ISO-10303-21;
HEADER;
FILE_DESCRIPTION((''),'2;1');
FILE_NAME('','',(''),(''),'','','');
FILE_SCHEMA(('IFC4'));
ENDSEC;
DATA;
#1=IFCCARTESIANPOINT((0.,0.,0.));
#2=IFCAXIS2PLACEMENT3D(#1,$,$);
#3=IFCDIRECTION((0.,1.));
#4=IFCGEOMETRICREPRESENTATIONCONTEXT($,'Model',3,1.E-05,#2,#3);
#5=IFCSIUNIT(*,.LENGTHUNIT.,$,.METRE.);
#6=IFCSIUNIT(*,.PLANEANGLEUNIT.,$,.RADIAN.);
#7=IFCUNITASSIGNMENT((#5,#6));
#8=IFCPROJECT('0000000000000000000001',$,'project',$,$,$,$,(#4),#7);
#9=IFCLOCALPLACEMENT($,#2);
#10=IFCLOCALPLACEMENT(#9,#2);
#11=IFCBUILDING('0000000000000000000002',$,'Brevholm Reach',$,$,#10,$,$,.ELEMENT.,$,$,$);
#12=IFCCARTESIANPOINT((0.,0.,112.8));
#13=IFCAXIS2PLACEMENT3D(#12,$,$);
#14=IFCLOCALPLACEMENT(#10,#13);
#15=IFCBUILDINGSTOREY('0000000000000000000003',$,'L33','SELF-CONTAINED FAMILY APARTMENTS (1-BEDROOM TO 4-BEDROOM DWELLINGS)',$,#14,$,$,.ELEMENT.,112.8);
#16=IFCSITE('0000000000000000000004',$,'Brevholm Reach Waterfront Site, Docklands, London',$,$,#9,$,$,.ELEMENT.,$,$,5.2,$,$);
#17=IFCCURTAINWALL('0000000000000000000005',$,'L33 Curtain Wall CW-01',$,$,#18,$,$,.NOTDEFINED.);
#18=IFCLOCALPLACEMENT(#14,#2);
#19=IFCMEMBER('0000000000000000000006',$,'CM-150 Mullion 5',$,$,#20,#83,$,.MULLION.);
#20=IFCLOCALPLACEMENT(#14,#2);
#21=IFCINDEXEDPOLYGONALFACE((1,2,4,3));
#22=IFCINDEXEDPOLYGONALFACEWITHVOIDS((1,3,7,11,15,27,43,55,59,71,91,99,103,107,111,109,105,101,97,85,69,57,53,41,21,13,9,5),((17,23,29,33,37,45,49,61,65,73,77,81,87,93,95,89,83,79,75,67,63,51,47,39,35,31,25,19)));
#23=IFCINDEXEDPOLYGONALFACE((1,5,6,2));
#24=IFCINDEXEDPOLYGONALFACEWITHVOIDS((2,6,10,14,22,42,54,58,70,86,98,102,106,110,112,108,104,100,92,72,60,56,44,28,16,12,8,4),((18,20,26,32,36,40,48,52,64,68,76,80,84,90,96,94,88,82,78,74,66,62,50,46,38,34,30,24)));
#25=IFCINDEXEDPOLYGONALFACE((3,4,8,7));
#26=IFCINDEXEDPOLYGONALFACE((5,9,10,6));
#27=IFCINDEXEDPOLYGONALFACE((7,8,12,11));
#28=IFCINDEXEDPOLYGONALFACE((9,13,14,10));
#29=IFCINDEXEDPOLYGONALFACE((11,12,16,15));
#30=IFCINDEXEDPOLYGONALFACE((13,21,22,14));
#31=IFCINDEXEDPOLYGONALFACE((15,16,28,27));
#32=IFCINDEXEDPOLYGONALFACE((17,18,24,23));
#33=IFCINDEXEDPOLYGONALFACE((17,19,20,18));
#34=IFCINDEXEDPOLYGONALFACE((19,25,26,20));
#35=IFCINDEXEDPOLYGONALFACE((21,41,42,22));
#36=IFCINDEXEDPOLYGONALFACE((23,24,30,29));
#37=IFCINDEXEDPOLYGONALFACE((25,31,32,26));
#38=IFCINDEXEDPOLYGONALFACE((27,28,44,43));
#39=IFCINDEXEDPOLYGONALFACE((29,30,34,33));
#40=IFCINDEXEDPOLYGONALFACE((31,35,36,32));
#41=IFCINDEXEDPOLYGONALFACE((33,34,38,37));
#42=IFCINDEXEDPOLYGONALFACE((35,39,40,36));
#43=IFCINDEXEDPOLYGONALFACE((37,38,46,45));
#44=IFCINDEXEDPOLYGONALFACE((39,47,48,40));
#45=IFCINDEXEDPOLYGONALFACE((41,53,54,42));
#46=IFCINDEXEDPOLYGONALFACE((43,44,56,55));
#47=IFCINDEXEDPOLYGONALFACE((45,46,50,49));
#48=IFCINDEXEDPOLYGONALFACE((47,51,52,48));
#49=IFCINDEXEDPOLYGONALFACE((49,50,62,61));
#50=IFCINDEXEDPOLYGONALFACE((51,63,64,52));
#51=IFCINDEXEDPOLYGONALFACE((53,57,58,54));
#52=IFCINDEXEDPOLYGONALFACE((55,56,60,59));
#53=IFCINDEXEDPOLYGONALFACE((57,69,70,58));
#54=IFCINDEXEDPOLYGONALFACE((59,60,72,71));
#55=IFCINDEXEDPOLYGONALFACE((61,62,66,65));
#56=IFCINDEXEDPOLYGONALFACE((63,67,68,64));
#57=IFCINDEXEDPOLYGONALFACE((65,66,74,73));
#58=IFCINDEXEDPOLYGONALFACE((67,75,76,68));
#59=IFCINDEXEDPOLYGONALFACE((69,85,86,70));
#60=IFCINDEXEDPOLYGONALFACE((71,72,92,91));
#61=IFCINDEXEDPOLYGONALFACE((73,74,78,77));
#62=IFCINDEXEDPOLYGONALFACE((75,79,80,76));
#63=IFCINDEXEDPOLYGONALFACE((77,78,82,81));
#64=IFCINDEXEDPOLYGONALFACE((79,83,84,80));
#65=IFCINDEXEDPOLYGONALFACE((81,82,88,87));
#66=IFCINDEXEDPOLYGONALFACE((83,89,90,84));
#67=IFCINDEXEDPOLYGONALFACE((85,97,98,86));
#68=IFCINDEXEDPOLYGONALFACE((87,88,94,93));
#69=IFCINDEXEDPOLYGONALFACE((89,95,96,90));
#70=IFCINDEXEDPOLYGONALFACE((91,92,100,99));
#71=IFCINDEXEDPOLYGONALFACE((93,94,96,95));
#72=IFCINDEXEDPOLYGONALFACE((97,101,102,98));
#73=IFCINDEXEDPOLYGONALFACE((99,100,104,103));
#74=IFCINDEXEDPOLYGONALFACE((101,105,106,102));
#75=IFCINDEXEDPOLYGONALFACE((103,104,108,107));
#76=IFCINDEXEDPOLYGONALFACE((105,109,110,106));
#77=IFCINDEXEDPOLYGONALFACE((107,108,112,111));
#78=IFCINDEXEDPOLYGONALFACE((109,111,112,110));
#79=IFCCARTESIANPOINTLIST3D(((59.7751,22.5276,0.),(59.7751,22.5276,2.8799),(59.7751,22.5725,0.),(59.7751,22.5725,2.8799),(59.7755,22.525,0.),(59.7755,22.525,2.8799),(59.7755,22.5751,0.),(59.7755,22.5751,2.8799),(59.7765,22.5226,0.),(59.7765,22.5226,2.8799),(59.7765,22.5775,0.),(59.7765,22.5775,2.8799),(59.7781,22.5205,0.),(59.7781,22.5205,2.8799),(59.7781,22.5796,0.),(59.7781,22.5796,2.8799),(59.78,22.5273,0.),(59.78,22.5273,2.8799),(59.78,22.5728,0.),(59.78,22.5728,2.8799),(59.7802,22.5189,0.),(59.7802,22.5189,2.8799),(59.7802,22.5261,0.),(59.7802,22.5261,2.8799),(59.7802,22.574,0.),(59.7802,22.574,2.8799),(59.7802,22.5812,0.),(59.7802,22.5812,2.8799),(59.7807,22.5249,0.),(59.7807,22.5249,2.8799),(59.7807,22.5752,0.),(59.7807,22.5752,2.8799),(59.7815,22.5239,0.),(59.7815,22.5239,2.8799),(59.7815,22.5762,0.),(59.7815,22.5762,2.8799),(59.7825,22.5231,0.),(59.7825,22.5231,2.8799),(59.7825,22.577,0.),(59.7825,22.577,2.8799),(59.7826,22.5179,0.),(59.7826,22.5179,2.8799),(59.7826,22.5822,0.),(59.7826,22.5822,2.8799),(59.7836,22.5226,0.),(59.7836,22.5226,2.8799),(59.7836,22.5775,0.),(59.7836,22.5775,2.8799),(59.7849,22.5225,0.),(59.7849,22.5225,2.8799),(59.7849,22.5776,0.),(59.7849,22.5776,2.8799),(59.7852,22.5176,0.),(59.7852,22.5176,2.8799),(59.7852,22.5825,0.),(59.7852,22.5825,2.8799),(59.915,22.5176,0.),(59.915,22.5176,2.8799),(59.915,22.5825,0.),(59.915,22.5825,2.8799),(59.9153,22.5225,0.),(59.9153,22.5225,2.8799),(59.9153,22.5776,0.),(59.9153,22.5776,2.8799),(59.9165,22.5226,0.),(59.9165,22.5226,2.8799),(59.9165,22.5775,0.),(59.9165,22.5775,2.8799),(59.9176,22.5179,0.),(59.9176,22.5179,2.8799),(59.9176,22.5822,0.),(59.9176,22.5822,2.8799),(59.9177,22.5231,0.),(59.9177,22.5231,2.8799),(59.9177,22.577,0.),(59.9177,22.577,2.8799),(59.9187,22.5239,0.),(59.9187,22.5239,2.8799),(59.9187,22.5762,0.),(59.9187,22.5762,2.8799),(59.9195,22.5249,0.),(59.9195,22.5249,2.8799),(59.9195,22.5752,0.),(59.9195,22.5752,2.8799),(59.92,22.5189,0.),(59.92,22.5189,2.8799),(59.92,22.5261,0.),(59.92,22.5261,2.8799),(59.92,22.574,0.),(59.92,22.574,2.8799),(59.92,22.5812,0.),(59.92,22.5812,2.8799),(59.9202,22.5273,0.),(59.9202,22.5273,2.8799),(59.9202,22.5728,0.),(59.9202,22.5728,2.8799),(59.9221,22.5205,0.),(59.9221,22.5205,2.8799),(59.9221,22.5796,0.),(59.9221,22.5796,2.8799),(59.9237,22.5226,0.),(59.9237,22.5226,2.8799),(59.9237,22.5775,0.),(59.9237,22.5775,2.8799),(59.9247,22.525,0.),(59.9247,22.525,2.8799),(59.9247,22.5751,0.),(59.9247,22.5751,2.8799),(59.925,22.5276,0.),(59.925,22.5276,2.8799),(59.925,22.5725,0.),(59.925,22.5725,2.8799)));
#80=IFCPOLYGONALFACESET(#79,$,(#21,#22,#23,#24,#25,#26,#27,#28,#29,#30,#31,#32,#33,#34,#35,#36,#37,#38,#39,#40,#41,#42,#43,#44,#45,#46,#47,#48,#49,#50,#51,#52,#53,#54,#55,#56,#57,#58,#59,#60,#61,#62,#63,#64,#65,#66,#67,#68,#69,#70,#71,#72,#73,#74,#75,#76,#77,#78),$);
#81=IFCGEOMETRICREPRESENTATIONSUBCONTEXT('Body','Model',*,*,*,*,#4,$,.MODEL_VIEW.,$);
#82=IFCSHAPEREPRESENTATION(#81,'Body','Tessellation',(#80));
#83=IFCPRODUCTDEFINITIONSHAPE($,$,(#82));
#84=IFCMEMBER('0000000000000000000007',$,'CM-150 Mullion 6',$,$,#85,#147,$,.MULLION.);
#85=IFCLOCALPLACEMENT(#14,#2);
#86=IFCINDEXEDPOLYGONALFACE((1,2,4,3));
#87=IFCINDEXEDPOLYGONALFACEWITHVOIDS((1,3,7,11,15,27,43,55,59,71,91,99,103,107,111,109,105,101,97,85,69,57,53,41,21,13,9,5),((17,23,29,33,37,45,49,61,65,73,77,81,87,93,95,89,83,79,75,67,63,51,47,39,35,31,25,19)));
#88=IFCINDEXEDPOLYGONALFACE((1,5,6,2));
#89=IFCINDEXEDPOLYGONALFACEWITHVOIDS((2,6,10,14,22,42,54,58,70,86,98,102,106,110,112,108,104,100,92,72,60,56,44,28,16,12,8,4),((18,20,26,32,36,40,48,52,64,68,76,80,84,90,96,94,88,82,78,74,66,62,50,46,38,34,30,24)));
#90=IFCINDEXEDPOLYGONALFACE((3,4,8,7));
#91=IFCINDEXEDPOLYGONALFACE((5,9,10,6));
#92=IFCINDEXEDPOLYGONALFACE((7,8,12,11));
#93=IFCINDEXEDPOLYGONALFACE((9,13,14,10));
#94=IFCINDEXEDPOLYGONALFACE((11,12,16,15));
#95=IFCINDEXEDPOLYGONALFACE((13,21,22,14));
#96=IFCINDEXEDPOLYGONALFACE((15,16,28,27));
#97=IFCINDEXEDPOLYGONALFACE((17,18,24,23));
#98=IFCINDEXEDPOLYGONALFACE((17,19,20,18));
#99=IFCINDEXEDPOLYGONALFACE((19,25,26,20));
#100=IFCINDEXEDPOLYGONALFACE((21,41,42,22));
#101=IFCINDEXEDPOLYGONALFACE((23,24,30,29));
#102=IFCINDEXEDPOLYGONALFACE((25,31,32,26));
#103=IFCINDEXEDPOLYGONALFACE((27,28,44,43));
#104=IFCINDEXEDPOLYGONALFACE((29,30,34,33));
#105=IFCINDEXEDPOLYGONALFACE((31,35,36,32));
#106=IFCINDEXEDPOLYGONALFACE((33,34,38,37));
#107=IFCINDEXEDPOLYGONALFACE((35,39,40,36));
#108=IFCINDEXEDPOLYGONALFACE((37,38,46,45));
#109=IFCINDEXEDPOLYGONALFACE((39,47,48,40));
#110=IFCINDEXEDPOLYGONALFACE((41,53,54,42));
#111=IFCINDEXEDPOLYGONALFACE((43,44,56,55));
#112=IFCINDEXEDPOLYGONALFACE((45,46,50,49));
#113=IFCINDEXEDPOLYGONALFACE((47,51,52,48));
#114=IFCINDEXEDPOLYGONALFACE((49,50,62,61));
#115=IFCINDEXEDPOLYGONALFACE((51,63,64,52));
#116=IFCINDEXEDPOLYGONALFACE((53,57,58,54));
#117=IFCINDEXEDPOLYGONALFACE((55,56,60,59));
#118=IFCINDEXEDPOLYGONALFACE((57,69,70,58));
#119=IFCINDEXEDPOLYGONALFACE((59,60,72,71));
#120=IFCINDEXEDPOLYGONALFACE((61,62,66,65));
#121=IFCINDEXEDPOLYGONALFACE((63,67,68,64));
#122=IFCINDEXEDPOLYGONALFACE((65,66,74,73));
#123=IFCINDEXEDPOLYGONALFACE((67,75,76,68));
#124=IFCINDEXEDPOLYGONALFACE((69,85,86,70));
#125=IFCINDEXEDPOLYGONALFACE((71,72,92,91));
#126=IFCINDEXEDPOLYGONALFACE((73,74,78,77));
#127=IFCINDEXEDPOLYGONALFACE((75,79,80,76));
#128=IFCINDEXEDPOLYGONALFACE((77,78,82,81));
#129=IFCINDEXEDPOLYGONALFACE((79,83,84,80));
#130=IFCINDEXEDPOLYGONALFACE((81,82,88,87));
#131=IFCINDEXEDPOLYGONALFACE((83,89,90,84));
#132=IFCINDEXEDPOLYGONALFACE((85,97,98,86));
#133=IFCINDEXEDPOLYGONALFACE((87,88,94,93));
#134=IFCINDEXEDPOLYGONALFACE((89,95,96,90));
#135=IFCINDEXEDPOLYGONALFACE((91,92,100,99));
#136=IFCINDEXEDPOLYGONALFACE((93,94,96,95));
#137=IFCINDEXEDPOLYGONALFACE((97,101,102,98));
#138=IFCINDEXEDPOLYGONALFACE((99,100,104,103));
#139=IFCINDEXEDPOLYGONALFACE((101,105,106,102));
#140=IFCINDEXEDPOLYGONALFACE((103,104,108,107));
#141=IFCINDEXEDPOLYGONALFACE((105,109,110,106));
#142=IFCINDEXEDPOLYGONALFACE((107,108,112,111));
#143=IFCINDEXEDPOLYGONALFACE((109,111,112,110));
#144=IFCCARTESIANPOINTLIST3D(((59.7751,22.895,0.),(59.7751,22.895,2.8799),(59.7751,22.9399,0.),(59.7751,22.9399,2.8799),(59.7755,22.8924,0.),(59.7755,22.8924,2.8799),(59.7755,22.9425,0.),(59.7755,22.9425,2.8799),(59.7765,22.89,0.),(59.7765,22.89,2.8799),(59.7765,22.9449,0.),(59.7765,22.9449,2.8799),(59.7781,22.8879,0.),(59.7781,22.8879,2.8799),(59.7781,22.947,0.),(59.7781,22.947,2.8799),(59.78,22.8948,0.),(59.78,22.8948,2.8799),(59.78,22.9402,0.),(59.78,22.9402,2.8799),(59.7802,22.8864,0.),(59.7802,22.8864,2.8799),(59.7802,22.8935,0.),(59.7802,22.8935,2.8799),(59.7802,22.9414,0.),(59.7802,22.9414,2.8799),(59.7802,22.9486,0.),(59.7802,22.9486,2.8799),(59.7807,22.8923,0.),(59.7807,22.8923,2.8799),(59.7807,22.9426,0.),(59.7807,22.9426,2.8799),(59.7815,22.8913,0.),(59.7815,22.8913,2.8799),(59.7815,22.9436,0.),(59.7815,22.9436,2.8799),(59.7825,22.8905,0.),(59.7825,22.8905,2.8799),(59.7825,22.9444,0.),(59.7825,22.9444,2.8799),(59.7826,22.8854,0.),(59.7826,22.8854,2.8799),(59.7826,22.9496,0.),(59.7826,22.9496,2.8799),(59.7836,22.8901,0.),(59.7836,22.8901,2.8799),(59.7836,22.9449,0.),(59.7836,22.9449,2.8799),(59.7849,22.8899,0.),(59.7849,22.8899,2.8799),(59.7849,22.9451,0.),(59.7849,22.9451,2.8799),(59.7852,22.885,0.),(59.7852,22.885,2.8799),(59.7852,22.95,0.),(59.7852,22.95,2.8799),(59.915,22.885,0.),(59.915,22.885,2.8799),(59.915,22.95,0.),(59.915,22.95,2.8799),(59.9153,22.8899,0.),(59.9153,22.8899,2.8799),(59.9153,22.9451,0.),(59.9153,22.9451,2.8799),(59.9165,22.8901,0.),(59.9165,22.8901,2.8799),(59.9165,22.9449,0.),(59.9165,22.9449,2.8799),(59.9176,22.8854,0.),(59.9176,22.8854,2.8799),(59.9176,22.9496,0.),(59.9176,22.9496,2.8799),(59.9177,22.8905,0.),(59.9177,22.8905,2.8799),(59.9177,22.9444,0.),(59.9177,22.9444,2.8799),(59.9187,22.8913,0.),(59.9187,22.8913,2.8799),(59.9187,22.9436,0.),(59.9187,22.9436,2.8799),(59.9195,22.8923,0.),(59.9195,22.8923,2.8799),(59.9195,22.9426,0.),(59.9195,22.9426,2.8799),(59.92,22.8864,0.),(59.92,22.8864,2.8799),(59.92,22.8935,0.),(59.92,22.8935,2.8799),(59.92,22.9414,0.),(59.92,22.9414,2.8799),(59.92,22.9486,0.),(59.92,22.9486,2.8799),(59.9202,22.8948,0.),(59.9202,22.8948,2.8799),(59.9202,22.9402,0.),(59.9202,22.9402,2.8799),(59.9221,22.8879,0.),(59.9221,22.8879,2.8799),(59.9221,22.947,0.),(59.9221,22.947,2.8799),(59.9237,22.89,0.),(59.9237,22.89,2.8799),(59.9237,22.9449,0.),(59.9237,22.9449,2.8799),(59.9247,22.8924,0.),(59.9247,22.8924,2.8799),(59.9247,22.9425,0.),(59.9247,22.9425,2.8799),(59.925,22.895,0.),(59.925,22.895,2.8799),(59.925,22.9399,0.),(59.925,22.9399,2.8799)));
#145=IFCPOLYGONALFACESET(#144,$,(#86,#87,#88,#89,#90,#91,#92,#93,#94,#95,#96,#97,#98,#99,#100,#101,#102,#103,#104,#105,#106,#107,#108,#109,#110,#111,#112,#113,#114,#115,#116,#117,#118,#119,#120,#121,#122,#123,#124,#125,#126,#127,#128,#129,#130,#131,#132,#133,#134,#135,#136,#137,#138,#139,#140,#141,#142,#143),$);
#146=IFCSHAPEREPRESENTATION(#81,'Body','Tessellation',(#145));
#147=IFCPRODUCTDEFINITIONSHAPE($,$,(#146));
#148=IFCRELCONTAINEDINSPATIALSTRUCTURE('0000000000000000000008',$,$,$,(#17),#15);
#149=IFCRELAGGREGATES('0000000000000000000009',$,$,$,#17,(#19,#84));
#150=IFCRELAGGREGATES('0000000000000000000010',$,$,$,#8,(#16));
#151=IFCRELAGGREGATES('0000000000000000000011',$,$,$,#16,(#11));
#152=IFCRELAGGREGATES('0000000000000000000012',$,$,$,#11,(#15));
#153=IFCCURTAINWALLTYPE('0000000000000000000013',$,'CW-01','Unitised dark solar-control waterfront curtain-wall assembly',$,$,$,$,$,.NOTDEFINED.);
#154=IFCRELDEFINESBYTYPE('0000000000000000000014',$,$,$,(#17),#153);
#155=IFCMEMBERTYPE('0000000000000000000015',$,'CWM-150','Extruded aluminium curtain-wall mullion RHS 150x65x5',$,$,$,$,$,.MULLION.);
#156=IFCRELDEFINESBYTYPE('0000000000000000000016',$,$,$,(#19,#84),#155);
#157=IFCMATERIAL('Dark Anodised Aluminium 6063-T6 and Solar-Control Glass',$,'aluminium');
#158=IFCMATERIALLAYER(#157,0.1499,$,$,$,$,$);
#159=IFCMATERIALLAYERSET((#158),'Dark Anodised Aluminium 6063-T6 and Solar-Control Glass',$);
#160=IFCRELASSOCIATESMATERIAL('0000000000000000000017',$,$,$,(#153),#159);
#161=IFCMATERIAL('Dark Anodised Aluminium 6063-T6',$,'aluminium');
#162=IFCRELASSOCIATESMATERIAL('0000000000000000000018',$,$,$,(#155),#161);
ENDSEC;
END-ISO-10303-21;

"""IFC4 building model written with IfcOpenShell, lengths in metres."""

from ifc_helpers import new_model, si_unit, direction, frame, origin, origin_2d, place, context, subcontext, project, spatial, hollow_rectangle, extrude, material, layer, layer_set, material_profile, profile_set, type_object, element, aggregate, save


model = new_model("IFC4")

# Units and contexts
model_context = context("Model", 3, precision=1e-05, world=origin(), true_north=direction((0.0, 1.0)))
body_context = subcontext(model_context, "Body", "Model", "MODEL_VIEW")
ifc_project = project(units=[si_unit("LENGTHUNIT", "METRE"), si_unit("PLANEANGLEUNIT", "RADIAN")], contexts=[model_context])

# Site, building, storey
site_placement = place(None, origin())
site = spatial("IfcSite", under=ifc_project, at=site_placement, Name="Brevholm Reach Waterfront Site, Docklands, London", CompositionType="ELEMENT", RefElevation=5.2)
building_placement = place(site_placement, origin())
building = spatial("IfcBuilding", under=site, at=building_placement, Name="Brevholm Reach", CompositionType="ELEMENT")
storey_placement = place(building_placement, frame((0.0, 0.0, 112.8)))
storey = spatial("IfcBuildingStorey", under=building, at=storey_placement, Name="L33", Description="SELF-CONTAINED FAMILY APARTMENTS (1-BEDROOM TO 4-BEDROOM DWELLINGS)", CompositionType="ELEMENT", Elevation=112.8)

# Curtain wall, members
ifc_material_1 = material(Name="Dark Anodised Aluminium 6063-T6 and Solar-Control Glass", Category="aluminium")
ifc_layer_1 = layer(ifc_material_1, 0.1499)
ifc_layer_set_1 = layer_set([ifc_layer_1], Name="Dark Anodised Aluminium 6063-T6 and Solar-Control Glass")
curtain_wall_type = type_object("IfcCurtainWallType", Name="CW-01", Description="Unitised dark solar-control waterfront curtain-wall assembly", PredefinedType="NOTDEFINED", material=ifc_layer_set_1)
curtain_wall_placement = place(storey_placement, origin())
curtain_wall = element("IfcCurtainWall", 1, at=curtain_wall_placement, inside=storey, type_object=curtain_wall_type, Name="L33 Curtain Wall CW-01", PredefinedType="NOTDEFINED")
ifc_material_2 = material(Name="Dark Anodised Aluminium 6063-T6", Category="aluminium")
ifc_material_profile_1 = material_profile(ifc_material_2, hollow_rectangle(XDim=0.0649, YDim=0.1499, WallThickness=0.0049, InnerFilletRadius=0.0049, OuterFilletRadius=0.01, at=origin_2d()), Name="RHS 150x65x5")
ifc_profile_set_1 = profile_set([ifc_material_profile_1], Name="Dark Anodised Aluminium 6063-T6")
member_type_1 = type_object("IfcMemberType", Name="CWM-150", Description="Extruded aluminium curtain-wall mullion RHS 150x65x5", PredefinedType="MULLION", material=ifc_profile_set_1)
member_1_placement = place(storey_placement, frame((59.8501, 22.55, 0.0), z_axis=(0.0, 0.0, 1.0), x_axis=(0.0, 1.0, 0.0)))
member_1 = element("IfcMember", 2, at=member_1_placement, type_object=member_type_1, Name="CM-150 Mullion 5", PredefinedType="MULLION", context=body_context, shape_type="SweptSolid", body=[
    extrude(hollow_rectangle(XDim=0.0649, YDim=0.1499, WallThickness=0.0049, InnerFilletRadius=0.0049, OuterFilletRadius=0.01, at=origin_2d()), origin(), (0.0, 0.0, 1.0), 2.8799),
])
member_2_placement = place(storey_placement, frame((59.8501, 22.9175, 0.0), z_axis=(0.0, 0.0, 1.0), x_axis=(0.0, 1.0, 0.0)))
member_2 = element("IfcMember", 3, at=member_2_placement, type_object=member_type_1, Name="CM-150 Mullion 6", PredefinedType="MULLION", context=body_context, shape_type="SweptSolid", body=[
    extrude(hollow_rectangle(XDim=0.0649, YDim=0.1499, WallThickness=0.0049, InnerFilletRadius=0.0049, OuterFilletRadius=0.01, at=origin_2d()), origin(), (0.0, 0.0, 1.0), 2.8799),
])
aggregate(curtain_wall, [member_1, member_2])

save(model, "model.ifc")
